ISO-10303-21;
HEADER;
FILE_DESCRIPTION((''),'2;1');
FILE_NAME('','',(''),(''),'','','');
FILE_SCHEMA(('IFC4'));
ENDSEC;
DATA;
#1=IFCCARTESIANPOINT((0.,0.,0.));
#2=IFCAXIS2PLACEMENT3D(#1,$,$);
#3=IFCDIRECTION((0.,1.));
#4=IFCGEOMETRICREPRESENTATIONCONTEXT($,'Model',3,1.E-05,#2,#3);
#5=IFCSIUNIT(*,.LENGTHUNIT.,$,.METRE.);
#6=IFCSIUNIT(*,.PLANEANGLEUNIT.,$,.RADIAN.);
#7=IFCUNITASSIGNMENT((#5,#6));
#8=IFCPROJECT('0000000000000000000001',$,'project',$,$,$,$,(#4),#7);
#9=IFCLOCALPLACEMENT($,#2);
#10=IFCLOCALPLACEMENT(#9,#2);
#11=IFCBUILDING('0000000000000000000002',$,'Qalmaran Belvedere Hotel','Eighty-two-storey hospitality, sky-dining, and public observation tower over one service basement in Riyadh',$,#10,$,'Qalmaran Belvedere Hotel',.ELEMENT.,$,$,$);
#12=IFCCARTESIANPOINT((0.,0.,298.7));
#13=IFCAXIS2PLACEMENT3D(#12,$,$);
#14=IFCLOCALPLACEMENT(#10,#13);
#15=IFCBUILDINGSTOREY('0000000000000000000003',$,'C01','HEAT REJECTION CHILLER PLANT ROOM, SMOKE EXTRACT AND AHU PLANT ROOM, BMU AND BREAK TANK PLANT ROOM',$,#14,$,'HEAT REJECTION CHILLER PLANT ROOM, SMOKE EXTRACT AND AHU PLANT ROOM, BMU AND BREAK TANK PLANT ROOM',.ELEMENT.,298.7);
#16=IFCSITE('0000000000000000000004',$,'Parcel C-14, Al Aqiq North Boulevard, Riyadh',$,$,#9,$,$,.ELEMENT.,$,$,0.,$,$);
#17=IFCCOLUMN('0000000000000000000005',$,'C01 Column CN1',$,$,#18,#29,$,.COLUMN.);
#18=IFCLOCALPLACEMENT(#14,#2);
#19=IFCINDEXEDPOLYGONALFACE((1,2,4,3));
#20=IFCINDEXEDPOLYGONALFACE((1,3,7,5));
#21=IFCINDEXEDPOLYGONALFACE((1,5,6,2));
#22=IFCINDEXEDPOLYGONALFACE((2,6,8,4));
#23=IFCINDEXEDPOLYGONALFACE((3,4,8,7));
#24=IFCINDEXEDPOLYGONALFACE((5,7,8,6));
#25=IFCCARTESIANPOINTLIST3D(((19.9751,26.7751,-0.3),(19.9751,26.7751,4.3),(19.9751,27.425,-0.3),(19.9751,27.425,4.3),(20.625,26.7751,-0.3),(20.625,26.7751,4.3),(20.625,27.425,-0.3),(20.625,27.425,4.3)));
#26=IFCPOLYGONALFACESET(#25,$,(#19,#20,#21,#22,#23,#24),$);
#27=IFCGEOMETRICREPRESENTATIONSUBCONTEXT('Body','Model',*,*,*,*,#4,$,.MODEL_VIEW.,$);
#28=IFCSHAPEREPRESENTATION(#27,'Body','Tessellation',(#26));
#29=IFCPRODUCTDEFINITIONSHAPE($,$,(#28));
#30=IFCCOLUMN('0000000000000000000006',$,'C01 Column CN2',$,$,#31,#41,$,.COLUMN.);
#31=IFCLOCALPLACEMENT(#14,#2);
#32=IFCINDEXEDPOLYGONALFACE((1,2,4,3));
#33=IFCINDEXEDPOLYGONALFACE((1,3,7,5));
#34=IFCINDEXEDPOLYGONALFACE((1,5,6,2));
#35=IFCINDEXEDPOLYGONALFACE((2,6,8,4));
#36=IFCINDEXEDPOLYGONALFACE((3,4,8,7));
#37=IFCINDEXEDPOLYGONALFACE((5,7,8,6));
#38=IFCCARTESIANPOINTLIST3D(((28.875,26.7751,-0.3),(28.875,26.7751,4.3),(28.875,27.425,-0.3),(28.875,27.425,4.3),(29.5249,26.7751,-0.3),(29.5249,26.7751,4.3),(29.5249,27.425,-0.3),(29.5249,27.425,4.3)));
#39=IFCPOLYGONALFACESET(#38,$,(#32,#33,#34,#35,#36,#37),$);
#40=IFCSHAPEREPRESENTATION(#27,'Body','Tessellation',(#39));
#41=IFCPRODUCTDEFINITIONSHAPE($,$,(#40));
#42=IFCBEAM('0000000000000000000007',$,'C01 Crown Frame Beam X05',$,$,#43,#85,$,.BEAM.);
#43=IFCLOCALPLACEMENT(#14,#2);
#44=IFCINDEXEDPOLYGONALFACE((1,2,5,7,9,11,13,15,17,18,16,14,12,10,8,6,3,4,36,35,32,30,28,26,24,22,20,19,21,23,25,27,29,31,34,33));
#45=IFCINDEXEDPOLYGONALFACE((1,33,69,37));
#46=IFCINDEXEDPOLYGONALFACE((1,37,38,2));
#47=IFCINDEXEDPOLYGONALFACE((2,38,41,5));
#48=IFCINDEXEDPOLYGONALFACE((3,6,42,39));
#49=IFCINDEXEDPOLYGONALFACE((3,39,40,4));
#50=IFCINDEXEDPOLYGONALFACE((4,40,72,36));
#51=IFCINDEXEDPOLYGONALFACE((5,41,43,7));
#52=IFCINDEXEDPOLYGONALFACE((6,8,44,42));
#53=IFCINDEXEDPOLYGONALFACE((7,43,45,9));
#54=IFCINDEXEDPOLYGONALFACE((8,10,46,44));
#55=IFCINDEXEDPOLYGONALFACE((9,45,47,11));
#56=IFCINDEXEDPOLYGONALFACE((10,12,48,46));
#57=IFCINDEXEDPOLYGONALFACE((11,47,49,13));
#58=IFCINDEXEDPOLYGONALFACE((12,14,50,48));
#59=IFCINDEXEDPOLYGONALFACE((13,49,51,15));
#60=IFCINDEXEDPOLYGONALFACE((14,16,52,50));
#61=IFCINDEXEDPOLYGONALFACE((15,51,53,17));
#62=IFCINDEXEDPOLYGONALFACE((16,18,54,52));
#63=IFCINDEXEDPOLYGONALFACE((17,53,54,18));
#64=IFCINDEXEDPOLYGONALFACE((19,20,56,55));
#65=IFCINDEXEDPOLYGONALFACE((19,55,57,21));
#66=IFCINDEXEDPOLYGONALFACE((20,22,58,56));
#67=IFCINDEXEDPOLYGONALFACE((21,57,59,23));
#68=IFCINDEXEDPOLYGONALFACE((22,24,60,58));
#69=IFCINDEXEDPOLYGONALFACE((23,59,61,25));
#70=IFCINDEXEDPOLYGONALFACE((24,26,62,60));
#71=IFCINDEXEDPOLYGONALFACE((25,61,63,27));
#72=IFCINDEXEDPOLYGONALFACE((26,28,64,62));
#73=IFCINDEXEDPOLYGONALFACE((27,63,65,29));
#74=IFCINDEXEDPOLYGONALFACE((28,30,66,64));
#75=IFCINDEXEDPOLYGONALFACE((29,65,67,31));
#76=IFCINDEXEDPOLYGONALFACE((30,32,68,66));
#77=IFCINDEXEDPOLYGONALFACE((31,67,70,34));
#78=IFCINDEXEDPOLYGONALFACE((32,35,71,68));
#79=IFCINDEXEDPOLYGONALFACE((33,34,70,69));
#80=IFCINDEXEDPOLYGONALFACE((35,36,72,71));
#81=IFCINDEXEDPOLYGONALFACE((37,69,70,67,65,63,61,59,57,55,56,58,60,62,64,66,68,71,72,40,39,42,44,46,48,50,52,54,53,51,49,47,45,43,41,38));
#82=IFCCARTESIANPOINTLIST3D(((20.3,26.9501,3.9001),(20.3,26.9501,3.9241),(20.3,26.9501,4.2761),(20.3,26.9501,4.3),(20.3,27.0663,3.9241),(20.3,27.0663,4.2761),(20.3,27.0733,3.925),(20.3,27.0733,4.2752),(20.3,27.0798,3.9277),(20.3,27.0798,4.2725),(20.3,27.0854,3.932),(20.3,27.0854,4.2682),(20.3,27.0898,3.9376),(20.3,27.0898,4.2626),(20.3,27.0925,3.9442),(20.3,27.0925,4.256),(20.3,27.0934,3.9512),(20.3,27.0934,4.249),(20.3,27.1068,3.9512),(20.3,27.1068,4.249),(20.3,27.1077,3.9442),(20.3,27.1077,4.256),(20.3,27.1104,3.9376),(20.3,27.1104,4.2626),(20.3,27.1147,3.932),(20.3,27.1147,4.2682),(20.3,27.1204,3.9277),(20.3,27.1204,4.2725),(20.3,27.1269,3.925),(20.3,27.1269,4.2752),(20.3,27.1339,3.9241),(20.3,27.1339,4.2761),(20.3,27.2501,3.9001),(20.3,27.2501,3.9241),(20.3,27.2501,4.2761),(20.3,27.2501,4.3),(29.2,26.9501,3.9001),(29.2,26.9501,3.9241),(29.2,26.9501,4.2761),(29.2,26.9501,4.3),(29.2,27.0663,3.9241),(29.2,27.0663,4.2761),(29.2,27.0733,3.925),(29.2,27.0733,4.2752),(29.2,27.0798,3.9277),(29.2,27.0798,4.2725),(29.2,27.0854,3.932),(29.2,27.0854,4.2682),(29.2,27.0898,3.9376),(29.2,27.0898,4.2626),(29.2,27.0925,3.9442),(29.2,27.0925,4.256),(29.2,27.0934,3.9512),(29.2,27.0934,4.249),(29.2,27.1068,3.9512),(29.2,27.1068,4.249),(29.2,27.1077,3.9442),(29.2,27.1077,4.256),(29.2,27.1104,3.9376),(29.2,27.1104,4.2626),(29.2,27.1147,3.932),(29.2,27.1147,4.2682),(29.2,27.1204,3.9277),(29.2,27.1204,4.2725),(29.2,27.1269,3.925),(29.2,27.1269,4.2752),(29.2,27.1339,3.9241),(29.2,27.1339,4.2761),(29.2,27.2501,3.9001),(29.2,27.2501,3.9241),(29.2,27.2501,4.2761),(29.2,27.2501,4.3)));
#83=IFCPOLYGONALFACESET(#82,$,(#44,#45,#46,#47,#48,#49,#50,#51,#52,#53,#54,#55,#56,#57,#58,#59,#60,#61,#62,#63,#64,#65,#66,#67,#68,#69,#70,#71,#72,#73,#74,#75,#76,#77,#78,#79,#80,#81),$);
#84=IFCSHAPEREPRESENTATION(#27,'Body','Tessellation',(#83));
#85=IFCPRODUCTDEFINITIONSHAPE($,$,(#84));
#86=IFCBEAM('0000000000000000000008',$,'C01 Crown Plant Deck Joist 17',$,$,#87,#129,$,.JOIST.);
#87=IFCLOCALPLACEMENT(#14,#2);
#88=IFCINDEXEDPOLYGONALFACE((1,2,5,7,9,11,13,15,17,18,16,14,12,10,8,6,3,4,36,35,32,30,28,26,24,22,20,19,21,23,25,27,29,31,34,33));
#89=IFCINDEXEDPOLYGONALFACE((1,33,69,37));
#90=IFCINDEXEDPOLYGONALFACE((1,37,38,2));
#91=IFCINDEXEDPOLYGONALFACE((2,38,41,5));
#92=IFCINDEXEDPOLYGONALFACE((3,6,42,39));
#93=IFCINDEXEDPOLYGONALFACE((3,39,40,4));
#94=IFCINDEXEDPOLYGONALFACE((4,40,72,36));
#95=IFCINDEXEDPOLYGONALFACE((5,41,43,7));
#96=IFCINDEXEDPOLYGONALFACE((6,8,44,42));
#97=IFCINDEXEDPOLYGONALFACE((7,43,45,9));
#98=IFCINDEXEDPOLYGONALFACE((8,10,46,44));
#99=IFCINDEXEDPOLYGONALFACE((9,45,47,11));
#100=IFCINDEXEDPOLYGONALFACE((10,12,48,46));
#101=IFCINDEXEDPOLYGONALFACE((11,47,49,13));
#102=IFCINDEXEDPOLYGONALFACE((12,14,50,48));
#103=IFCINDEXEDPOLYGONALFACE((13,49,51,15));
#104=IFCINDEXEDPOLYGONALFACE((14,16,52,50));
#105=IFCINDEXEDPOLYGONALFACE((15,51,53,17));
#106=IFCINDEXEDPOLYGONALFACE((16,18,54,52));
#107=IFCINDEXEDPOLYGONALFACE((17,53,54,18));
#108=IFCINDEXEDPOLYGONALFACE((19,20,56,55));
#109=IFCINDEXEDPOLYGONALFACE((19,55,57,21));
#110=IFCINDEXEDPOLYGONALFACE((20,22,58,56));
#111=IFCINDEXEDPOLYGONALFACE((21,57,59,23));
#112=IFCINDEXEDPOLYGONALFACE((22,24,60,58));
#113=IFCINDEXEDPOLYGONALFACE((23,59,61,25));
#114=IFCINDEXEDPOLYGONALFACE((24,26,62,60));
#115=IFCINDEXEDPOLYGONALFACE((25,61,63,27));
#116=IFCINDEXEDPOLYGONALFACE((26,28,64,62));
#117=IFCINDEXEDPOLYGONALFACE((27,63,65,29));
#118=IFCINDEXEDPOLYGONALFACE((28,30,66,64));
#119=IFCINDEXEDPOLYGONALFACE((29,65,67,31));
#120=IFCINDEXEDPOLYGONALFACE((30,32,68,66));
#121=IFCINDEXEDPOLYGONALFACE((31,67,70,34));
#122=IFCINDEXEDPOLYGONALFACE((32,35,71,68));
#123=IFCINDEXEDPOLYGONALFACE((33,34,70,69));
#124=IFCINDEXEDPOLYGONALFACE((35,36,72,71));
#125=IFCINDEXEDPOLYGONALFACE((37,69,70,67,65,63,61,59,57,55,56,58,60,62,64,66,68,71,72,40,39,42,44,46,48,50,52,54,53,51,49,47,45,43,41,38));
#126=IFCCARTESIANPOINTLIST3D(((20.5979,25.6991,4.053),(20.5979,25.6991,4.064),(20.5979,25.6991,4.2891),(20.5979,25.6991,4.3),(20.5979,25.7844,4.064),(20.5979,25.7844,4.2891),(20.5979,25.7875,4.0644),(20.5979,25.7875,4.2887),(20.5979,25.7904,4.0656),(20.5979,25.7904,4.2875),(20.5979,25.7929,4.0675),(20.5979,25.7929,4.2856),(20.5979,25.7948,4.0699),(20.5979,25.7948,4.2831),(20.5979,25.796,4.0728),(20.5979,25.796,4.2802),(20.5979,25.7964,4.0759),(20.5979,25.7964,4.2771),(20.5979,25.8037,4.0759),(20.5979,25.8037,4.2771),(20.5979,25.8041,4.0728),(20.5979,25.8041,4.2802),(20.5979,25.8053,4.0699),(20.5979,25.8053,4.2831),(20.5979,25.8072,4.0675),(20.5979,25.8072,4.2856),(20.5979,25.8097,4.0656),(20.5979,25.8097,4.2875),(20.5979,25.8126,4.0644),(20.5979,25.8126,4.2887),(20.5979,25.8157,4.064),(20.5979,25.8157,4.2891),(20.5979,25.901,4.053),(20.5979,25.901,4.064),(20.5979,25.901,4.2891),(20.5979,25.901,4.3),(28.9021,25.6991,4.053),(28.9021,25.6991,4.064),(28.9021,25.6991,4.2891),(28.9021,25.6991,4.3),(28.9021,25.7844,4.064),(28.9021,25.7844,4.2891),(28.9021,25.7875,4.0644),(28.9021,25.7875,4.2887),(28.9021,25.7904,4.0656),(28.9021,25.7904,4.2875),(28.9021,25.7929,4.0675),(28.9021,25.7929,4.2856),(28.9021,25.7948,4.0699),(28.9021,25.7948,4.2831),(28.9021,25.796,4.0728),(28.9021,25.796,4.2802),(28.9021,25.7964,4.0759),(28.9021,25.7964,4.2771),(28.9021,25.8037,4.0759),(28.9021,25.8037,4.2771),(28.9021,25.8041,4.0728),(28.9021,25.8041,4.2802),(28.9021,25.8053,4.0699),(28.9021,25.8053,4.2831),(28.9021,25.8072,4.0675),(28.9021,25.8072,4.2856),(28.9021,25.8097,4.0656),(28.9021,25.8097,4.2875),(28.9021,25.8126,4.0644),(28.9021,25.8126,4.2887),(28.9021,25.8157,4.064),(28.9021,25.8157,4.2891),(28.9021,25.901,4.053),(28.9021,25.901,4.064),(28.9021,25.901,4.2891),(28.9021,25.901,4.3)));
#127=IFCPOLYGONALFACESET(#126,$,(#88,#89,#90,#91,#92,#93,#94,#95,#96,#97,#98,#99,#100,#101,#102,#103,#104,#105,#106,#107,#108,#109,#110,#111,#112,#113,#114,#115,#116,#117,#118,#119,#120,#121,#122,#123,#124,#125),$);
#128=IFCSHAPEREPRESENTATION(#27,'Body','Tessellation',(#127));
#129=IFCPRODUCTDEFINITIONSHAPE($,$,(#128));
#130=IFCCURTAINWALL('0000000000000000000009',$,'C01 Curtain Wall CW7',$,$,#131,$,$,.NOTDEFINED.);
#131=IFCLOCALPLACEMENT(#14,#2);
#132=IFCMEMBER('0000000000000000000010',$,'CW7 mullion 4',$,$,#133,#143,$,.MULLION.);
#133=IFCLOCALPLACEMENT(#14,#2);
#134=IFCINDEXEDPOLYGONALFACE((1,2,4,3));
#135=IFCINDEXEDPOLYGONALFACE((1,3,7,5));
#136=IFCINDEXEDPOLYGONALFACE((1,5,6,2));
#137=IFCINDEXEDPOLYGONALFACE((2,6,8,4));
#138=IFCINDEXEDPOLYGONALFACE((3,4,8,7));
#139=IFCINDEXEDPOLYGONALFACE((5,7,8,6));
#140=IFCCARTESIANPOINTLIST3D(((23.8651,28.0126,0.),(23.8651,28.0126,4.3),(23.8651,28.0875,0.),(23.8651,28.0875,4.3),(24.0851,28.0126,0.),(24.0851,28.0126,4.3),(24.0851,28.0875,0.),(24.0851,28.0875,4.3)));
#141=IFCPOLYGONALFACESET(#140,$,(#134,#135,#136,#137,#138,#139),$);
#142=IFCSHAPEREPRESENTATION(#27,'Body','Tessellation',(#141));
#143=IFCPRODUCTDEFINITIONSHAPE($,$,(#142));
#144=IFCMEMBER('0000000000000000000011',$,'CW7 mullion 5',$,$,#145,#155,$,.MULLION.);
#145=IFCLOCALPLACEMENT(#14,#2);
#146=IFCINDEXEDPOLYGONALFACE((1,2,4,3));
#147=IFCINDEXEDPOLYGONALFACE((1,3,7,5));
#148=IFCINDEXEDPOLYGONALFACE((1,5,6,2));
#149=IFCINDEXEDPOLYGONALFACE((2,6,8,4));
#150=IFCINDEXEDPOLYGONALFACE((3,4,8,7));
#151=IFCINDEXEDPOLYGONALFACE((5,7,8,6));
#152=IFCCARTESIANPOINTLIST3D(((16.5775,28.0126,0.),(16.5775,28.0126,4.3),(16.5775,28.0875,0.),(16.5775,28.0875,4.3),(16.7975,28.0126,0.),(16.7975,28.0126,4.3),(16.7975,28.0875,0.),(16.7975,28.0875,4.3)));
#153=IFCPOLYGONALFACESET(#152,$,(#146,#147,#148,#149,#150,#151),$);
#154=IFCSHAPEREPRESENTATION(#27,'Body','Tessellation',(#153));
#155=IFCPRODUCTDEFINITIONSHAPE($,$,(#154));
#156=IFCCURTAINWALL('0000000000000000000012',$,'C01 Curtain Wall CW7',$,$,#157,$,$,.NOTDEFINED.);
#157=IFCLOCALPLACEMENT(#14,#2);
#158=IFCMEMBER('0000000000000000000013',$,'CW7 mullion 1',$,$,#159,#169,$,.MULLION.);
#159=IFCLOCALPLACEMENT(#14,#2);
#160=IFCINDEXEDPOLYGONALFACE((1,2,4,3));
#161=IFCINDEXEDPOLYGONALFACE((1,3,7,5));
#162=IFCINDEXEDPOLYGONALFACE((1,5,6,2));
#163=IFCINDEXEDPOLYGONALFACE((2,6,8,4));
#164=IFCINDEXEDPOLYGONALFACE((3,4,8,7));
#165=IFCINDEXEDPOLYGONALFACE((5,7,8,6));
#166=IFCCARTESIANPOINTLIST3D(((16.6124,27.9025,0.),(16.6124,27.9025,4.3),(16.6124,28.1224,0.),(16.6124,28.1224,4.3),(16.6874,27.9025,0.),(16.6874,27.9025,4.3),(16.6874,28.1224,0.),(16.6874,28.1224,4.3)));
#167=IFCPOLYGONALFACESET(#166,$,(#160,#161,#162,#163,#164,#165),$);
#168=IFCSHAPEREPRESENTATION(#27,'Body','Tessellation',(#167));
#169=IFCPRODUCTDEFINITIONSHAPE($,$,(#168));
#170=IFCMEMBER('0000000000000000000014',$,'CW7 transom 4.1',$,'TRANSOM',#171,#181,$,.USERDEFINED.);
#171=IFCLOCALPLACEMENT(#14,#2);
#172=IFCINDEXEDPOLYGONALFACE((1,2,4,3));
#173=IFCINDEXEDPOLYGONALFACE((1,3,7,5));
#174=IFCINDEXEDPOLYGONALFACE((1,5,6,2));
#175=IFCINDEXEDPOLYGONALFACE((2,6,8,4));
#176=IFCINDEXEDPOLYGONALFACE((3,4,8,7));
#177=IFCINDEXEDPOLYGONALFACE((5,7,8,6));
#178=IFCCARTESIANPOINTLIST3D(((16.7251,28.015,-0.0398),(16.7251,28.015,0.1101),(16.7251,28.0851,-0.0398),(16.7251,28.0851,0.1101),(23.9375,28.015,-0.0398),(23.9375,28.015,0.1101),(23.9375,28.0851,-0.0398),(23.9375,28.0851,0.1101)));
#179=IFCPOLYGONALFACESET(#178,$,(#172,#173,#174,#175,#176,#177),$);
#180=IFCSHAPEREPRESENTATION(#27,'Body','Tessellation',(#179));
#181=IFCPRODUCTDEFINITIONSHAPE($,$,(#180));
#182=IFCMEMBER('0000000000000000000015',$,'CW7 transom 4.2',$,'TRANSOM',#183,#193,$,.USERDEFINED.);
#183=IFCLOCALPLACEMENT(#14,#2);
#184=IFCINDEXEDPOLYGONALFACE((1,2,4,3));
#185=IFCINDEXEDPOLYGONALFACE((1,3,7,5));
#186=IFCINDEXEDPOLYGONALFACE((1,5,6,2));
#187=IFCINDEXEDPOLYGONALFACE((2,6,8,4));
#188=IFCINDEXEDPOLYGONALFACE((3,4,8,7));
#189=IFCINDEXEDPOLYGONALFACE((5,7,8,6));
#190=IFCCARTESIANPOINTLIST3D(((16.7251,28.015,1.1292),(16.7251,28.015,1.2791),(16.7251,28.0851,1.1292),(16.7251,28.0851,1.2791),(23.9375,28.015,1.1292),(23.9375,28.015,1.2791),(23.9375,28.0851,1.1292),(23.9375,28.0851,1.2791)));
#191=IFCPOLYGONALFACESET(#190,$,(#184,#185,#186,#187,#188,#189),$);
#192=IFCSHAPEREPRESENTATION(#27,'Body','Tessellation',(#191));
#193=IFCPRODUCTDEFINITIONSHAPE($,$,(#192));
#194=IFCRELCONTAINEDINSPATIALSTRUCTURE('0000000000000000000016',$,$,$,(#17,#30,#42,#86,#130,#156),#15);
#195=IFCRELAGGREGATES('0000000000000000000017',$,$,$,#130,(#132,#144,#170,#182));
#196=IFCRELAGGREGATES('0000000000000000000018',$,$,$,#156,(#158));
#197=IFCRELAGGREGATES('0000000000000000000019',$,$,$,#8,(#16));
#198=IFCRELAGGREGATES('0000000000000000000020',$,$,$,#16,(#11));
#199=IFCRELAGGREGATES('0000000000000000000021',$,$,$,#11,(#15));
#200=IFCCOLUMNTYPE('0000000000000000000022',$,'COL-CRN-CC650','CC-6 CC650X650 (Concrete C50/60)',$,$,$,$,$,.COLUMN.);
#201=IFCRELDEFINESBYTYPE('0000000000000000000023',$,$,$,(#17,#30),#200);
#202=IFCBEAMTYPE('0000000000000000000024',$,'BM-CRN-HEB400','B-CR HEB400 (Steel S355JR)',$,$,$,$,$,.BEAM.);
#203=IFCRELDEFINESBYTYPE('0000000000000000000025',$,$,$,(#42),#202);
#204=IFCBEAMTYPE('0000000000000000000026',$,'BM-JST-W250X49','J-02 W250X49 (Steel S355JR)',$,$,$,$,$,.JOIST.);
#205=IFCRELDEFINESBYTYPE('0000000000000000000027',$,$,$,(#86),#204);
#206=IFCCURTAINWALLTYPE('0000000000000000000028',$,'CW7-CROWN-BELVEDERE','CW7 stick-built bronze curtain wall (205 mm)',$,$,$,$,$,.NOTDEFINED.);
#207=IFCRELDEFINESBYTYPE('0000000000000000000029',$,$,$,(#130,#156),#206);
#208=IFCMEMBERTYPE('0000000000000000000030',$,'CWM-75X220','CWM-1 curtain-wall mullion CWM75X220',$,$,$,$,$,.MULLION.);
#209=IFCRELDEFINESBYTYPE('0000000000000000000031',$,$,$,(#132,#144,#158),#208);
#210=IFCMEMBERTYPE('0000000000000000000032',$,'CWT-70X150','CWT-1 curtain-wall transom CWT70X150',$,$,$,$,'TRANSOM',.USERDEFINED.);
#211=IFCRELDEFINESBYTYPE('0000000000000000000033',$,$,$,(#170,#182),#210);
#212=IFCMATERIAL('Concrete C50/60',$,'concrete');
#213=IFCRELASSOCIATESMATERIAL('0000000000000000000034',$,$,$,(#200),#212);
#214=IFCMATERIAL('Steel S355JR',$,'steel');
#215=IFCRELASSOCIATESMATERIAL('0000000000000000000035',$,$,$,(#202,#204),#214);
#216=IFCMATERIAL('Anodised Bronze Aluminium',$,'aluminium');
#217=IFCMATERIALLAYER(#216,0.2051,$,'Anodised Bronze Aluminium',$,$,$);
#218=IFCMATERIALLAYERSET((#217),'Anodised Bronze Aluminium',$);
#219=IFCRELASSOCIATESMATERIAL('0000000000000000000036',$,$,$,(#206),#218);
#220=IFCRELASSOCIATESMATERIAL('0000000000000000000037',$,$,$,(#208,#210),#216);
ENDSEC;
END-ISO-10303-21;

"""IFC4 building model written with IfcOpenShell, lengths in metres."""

from ifc_helpers import new_model, si_unit, direction, frame, origin, origin_2d, place, context, subcontext, project, spatial, rectangle, i_section, extrude, material, layer, layer_set, material_profile, profile_set, type_object, element, aggregate, save


model = new_model("IFC4")

# Units and contexts
model_context = context("Model", 3, precision=1e-05, world=origin(), true_north=direction((0.0, 1.0)))
body_context = subcontext(model_context, "Body", "Model", "MODEL_VIEW")
ifc_project = project(units=[si_unit("LENGTHUNIT", "METRE"), si_unit("PLANEANGLEUNIT", "RADIAN")], contexts=[model_context])

# Site, building, storey
site_placement = place(None, origin())
site = spatial("IfcSite", under=ifc_project, at=site_placement, Name="Parcel C-14, Al Aqiq North Boulevard, Riyadh", CompositionType="ELEMENT", RefElevation=0.0)
building_placement = place(site_placement, origin())
building = spatial("IfcBuilding", under=site, at=building_placement, Name="Qalmaran Belvedere Hotel", Description="Eighty-two-storey hospitality, sky-dining, and public observation tower over one service basement in Riyadh", LongName="Qalmaran Belvedere Hotel", CompositionType="ELEMENT")
storey_placement = place(building_placement, frame((0.0, 0.0, 298.7)))
storey = spatial("IfcBuildingStorey", under=building, at=storey_placement, Name="C01", Description="HEAT REJECTION CHILLER PLANT ROOM, SMOKE EXTRACT AND AHU PLANT ROOM, BMU AND BREAK TANK PLANT ROOM", LongName="HEAT REJECTION CHILLER PLANT ROOM, SMOKE EXTRACT AND AHU PLANT ROOM, BMU AND BREAK TANK PLANT ROOM", CompositionType="ELEMENT", Elevation=298.7)

# Columns
ifc_material_1 = material(Name="Concrete C50/60", Category="concrete")
ifc_material_profile_1 = material_profile(ifc_material_1, rectangle(XDim=0.6499, YDim=0.6499, at=origin_2d()), Name="CC650X650")
ifc_profile_set_1 = profile_set([ifc_material_profile_1], Name="Concrete C50/60")
column_type = type_object("IfcColumnType", Name="COL-CRN-CC650", Description="CC-6 CC650X650 (Concrete C50/60)", PredefinedType="COLUMN", material=ifc_profile_set_1)
for number, where, z_axis, x_axis, name in (
    (1, (20.3, 27.1001, -0.3), (0.0, 0.0, 1.0), (1.0, 0.0, 0.0), "C01 Column CN1"),
    (2, (29.2, 27.1001, -0.3), (0.0, 0.0, 1.0), (1.0, 0.0, 0.0), "C01 Column CN2"),
):
    element("IfcColumn", number, at=place(storey_placement, frame(where, z_axis=z_axis, x_axis=x_axis)), inside=storey, type_object=column_type, Name=name, PredefinedType="COLUMN", context=body_context, shape_type="SweptSolid", body=[
        extrude(rectangle(XDim=0.6499, YDim=0.6499, at=origin_2d()), origin(), (0.0, 0.0, 1.0), 4.6001),
    ])

# Beams
ifc_material_2 = material(Name="Steel S355JR", Category="steel")
ifc_material_profile_2 = material_profile(ifc_material_2, i_section(OverallWidth=0.3, OverallDepth=0.3999, WebThickness=0.0134, FlangeThickness=0.0239, FilletRadius=0.0271, at=origin_2d()), Name="HEB400")
ifc_profile_set_2 = profile_set([ifc_material_profile_2], Name="Steel S355JR")
beam_type_1 = type_object("IfcBeamType", Name="BM-CRN-HEB400", Description="B-CR HEB400 (Steel S355JR)", PredefinedType="BEAM", material=ifc_profile_set_2)
beam_1_placement = place(storey_placement, frame((20.3, 27.1001, 4.1001), z_axis=(1.0, 0.0, 0.0), x_axis=(0.0, 1.0, 0.0)))
element("IfcBeam", 3, at=beam_1_placement, inside=storey, type_object=beam_type_1, Name="C01 Crown Frame Beam X05", PredefinedType="BEAM", context=body_context, shape_type="SweptSolid", body=[
    extrude(i_section(OverallWidth=0.3, OverallDepth=0.3999, WebThickness=0.0134, FlangeThickness=0.0239, FilletRadius=0.0271, at=origin_2d()), origin(), (0.0, 0.0, 1.0), 8.8999),
])
ifc_material_profile_3 = material_profile(ifc_material_2, i_section(OverallWidth=0.2019, OverallDepth=0.2471, WebThickness=0.0073, FlangeThickness=0.011, FilletRadius=0.012, at=origin_2d()), Name="W250X49")
ifc_profile_set_3 = profile_set([ifc_material_profile_3], Name="Steel S355JR")
beam_type_2 = type_object("IfcBeamType", Name="BM-JST-W250X49", Description="J-02 W250X49 (Steel S355JR)", PredefinedType="JOIST", material=ifc_profile_set_3)
beam_2_placement = place(storey_placement, frame((20.5979, 25.8, 4.1765), z_axis=(1.0, 0.0, 0.0), x_axis=(0.0, 1.0, 0.0)))
element("IfcBeam", 4, at=beam_2_placement, inside=storey, type_object=beam_type_2, Name="C01 Crown Plant Deck Joist 17", PredefinedType="JOIST", context=body_context, shape_type="SweptSolid", body=[
    extrude(i_section(OverallWidth=0.2019, OverallDepth=0.2471, WebThickness=0.0073, FlangeThickness=0.011, FilletRadius=0.012, at=origin_2d()), origin(), (0.0, 0.0, 1.0), 8.3042),
])

# Curtain wall, members
ifc_material_3 = material(Name="Anodised Bronze Aluminium", Category="aluminium")
ifc_layer_1 = layer(ifc_material_3, 0.2051, Name="Anodised Bronze Aluminium")
ifc_layer_set_1 = layer_set([ifc_layer_1], Name="Anodised Bronze Aluminium")
curtain_wall_type = type_object("IfcCurtainWallType", Name="CW7-CROWN-BELVEDERE", Description="CW7 stick-built bronze curtain wall (205 mm)", PredefinedType="NOTDEFINED", material=ifc_layer_set_1)
curtain_wall_1_placement = place(storey_placement, origin())
curtain_wall_1 = element("IfcCurtainWall", 5, at=curtain_wall_1_placement, inside=storey, type_object=curtain_wall_type, Name="C01 Curtain Wall CW7", PredefinedType="NOTDEFINED")
ifc_material_profile_4 = material_profile(ifc_material_3, rectangle(XDim=0.075, YDim=0.22, at=origin_2d()), Name="CWM75X220")
ifc_profile_set_4 = profile_set([ifc_material_profile_4], Name="Anodised Bronze Aluminium")
member_type_1 = type_object("IfcMemberType", Name="CWM-75X220", Description="CWM-1 curtain-wall mullion CWM75X220", PredefinedType="MULLION", material=ifc_profile_set_4)
member_1_placement = place(storey_placement, frame((23.9751, 28.05, 0.0), z_axis=(0.0, 0.0, 1.0), x_axis=(0.0, -1.0, 0.0)))
member_1 = element("IfcMember", 6, at=member_1_placement, type_object=member_type_1, Name="CW7 mullion 4", PredefinedType="MULLION", context=body_context, shape_type="SweptSolid", body=[
    extrude(rectangle(XDim=0.075, YDim=0.22, at=origin_2d()), origin(), (0.0, 0.0, 1.0), 4.3),
])
member_2_placement = place(storey_placement, frame((16.6875, 28.05, 0.0), z_axis=(0.0, 0.0, 1.0), x_axis=(0.0, -1.0, 0.0)))
member_2 = element("IfcMember", 7, at=member_2_placement, type_object=member_type_1, Name="CW7 mullion 5", PredefinedType="MULLION", context=body_context, shape_type="SweptSolid", body=[
    extrude(rectangle(XDim=0.075, YDim=0.22, at=origin_2d()), origin(), (0.0, 0.0, 1.0), 4.3),
])

# Curtain wall, member
curtain_wall_2_placement = place(storey_placement, origin())
curtain_wall_2 = element("IfcCurtainWall", 8, at=curtain_wall_2_placement, inside=storey, type_object=curtain_wall_type, Name="C01 Curtain Wall CW7", PredefinedType="NOTDEFINED")
member_3_placement = place(storey_placement, frame((16.6499, 28.0125, 0.0), z_axis=(0.0, 0.0, 1.0), x_axis=(1.0, 0.0, 0.0)))
member_3 = element("IfcMember", 9, at=member_3_placement, type_object=member_type_1, Name="CW7 mullion 1", PredefinedType="MULLION", context=body_context, shape_type="SweptSolid", body=[
    extrude(rectangle(XDim=0.075, YDim=0.22, at=origin_2d()), origin(), (0.0, 0.0, 1.0), 4.3),
])

# Members
ifc_material_profile_5 = material_profile(ifc_material_3, rectangle(XDim=0.0701, YDim=0.1499, at=origin_2d()), Name="CWT70X150")
ifc_profile_set_5 = profile_set([ifc_material_profile_5], Name="Anodised Bronze Aluminium")
member_type_2 = type_object("IfcMemberType", Name="CWT-70X150", Description="CWT-1 curtain-wall transom CWT70X150", ElementType="TRANSOM", PredefinedType="USERDEFINED", material=ifc_profile_set_5)
member_4_placement = place(storey_placement, frame((23.9375, 28.05, 0.0352), z_axis=(-1.0, 0.0, 0.0), x_axis=(0.0, -1.0, 0.0)))
member_4 = element("IfcMember", 10, at=member_4_placement, type_object=member_type_2, Name="CW7 transom 4.1", ObjectType="TRANSOM", PredefinedType="USERDEFINED", context=body_context, shape_type="SweptSolid", body=[
    extrude(rectangle(XDim=0.0701, YDim=0.1499, at=origin_2d()), origin(), (0.0, 0.0, 1.0), 7.2124),
])
member_5_placement = place(storey_placement, frame((23.9375, 28.05, 1.2041), z_axis=(-1.0, 0.0, 0.0), x_axis=(0.0, -1.0, 0.0)))
member_5 = element("IfcMember", 11, at=member_5_placement, type_object=member_type_2, Name="CW7 transom 4.2", ObjectType="TRANSOM", PredefinedType="USERDEFINED", context=body_context, shape_type="SweptSolid", body=[
    extrude(rectangle(XDim=0.0701, YDim=0.1499, at=origin_2d()), origin(), (0.0, 0.0, 1.0), 7.2124),
])

aggregate(curtain_wall_1, [member_1, member_2, member_4, member_5])
aggregate(curtain_wall_2, [member_3])

save(model, "model.ifc")
